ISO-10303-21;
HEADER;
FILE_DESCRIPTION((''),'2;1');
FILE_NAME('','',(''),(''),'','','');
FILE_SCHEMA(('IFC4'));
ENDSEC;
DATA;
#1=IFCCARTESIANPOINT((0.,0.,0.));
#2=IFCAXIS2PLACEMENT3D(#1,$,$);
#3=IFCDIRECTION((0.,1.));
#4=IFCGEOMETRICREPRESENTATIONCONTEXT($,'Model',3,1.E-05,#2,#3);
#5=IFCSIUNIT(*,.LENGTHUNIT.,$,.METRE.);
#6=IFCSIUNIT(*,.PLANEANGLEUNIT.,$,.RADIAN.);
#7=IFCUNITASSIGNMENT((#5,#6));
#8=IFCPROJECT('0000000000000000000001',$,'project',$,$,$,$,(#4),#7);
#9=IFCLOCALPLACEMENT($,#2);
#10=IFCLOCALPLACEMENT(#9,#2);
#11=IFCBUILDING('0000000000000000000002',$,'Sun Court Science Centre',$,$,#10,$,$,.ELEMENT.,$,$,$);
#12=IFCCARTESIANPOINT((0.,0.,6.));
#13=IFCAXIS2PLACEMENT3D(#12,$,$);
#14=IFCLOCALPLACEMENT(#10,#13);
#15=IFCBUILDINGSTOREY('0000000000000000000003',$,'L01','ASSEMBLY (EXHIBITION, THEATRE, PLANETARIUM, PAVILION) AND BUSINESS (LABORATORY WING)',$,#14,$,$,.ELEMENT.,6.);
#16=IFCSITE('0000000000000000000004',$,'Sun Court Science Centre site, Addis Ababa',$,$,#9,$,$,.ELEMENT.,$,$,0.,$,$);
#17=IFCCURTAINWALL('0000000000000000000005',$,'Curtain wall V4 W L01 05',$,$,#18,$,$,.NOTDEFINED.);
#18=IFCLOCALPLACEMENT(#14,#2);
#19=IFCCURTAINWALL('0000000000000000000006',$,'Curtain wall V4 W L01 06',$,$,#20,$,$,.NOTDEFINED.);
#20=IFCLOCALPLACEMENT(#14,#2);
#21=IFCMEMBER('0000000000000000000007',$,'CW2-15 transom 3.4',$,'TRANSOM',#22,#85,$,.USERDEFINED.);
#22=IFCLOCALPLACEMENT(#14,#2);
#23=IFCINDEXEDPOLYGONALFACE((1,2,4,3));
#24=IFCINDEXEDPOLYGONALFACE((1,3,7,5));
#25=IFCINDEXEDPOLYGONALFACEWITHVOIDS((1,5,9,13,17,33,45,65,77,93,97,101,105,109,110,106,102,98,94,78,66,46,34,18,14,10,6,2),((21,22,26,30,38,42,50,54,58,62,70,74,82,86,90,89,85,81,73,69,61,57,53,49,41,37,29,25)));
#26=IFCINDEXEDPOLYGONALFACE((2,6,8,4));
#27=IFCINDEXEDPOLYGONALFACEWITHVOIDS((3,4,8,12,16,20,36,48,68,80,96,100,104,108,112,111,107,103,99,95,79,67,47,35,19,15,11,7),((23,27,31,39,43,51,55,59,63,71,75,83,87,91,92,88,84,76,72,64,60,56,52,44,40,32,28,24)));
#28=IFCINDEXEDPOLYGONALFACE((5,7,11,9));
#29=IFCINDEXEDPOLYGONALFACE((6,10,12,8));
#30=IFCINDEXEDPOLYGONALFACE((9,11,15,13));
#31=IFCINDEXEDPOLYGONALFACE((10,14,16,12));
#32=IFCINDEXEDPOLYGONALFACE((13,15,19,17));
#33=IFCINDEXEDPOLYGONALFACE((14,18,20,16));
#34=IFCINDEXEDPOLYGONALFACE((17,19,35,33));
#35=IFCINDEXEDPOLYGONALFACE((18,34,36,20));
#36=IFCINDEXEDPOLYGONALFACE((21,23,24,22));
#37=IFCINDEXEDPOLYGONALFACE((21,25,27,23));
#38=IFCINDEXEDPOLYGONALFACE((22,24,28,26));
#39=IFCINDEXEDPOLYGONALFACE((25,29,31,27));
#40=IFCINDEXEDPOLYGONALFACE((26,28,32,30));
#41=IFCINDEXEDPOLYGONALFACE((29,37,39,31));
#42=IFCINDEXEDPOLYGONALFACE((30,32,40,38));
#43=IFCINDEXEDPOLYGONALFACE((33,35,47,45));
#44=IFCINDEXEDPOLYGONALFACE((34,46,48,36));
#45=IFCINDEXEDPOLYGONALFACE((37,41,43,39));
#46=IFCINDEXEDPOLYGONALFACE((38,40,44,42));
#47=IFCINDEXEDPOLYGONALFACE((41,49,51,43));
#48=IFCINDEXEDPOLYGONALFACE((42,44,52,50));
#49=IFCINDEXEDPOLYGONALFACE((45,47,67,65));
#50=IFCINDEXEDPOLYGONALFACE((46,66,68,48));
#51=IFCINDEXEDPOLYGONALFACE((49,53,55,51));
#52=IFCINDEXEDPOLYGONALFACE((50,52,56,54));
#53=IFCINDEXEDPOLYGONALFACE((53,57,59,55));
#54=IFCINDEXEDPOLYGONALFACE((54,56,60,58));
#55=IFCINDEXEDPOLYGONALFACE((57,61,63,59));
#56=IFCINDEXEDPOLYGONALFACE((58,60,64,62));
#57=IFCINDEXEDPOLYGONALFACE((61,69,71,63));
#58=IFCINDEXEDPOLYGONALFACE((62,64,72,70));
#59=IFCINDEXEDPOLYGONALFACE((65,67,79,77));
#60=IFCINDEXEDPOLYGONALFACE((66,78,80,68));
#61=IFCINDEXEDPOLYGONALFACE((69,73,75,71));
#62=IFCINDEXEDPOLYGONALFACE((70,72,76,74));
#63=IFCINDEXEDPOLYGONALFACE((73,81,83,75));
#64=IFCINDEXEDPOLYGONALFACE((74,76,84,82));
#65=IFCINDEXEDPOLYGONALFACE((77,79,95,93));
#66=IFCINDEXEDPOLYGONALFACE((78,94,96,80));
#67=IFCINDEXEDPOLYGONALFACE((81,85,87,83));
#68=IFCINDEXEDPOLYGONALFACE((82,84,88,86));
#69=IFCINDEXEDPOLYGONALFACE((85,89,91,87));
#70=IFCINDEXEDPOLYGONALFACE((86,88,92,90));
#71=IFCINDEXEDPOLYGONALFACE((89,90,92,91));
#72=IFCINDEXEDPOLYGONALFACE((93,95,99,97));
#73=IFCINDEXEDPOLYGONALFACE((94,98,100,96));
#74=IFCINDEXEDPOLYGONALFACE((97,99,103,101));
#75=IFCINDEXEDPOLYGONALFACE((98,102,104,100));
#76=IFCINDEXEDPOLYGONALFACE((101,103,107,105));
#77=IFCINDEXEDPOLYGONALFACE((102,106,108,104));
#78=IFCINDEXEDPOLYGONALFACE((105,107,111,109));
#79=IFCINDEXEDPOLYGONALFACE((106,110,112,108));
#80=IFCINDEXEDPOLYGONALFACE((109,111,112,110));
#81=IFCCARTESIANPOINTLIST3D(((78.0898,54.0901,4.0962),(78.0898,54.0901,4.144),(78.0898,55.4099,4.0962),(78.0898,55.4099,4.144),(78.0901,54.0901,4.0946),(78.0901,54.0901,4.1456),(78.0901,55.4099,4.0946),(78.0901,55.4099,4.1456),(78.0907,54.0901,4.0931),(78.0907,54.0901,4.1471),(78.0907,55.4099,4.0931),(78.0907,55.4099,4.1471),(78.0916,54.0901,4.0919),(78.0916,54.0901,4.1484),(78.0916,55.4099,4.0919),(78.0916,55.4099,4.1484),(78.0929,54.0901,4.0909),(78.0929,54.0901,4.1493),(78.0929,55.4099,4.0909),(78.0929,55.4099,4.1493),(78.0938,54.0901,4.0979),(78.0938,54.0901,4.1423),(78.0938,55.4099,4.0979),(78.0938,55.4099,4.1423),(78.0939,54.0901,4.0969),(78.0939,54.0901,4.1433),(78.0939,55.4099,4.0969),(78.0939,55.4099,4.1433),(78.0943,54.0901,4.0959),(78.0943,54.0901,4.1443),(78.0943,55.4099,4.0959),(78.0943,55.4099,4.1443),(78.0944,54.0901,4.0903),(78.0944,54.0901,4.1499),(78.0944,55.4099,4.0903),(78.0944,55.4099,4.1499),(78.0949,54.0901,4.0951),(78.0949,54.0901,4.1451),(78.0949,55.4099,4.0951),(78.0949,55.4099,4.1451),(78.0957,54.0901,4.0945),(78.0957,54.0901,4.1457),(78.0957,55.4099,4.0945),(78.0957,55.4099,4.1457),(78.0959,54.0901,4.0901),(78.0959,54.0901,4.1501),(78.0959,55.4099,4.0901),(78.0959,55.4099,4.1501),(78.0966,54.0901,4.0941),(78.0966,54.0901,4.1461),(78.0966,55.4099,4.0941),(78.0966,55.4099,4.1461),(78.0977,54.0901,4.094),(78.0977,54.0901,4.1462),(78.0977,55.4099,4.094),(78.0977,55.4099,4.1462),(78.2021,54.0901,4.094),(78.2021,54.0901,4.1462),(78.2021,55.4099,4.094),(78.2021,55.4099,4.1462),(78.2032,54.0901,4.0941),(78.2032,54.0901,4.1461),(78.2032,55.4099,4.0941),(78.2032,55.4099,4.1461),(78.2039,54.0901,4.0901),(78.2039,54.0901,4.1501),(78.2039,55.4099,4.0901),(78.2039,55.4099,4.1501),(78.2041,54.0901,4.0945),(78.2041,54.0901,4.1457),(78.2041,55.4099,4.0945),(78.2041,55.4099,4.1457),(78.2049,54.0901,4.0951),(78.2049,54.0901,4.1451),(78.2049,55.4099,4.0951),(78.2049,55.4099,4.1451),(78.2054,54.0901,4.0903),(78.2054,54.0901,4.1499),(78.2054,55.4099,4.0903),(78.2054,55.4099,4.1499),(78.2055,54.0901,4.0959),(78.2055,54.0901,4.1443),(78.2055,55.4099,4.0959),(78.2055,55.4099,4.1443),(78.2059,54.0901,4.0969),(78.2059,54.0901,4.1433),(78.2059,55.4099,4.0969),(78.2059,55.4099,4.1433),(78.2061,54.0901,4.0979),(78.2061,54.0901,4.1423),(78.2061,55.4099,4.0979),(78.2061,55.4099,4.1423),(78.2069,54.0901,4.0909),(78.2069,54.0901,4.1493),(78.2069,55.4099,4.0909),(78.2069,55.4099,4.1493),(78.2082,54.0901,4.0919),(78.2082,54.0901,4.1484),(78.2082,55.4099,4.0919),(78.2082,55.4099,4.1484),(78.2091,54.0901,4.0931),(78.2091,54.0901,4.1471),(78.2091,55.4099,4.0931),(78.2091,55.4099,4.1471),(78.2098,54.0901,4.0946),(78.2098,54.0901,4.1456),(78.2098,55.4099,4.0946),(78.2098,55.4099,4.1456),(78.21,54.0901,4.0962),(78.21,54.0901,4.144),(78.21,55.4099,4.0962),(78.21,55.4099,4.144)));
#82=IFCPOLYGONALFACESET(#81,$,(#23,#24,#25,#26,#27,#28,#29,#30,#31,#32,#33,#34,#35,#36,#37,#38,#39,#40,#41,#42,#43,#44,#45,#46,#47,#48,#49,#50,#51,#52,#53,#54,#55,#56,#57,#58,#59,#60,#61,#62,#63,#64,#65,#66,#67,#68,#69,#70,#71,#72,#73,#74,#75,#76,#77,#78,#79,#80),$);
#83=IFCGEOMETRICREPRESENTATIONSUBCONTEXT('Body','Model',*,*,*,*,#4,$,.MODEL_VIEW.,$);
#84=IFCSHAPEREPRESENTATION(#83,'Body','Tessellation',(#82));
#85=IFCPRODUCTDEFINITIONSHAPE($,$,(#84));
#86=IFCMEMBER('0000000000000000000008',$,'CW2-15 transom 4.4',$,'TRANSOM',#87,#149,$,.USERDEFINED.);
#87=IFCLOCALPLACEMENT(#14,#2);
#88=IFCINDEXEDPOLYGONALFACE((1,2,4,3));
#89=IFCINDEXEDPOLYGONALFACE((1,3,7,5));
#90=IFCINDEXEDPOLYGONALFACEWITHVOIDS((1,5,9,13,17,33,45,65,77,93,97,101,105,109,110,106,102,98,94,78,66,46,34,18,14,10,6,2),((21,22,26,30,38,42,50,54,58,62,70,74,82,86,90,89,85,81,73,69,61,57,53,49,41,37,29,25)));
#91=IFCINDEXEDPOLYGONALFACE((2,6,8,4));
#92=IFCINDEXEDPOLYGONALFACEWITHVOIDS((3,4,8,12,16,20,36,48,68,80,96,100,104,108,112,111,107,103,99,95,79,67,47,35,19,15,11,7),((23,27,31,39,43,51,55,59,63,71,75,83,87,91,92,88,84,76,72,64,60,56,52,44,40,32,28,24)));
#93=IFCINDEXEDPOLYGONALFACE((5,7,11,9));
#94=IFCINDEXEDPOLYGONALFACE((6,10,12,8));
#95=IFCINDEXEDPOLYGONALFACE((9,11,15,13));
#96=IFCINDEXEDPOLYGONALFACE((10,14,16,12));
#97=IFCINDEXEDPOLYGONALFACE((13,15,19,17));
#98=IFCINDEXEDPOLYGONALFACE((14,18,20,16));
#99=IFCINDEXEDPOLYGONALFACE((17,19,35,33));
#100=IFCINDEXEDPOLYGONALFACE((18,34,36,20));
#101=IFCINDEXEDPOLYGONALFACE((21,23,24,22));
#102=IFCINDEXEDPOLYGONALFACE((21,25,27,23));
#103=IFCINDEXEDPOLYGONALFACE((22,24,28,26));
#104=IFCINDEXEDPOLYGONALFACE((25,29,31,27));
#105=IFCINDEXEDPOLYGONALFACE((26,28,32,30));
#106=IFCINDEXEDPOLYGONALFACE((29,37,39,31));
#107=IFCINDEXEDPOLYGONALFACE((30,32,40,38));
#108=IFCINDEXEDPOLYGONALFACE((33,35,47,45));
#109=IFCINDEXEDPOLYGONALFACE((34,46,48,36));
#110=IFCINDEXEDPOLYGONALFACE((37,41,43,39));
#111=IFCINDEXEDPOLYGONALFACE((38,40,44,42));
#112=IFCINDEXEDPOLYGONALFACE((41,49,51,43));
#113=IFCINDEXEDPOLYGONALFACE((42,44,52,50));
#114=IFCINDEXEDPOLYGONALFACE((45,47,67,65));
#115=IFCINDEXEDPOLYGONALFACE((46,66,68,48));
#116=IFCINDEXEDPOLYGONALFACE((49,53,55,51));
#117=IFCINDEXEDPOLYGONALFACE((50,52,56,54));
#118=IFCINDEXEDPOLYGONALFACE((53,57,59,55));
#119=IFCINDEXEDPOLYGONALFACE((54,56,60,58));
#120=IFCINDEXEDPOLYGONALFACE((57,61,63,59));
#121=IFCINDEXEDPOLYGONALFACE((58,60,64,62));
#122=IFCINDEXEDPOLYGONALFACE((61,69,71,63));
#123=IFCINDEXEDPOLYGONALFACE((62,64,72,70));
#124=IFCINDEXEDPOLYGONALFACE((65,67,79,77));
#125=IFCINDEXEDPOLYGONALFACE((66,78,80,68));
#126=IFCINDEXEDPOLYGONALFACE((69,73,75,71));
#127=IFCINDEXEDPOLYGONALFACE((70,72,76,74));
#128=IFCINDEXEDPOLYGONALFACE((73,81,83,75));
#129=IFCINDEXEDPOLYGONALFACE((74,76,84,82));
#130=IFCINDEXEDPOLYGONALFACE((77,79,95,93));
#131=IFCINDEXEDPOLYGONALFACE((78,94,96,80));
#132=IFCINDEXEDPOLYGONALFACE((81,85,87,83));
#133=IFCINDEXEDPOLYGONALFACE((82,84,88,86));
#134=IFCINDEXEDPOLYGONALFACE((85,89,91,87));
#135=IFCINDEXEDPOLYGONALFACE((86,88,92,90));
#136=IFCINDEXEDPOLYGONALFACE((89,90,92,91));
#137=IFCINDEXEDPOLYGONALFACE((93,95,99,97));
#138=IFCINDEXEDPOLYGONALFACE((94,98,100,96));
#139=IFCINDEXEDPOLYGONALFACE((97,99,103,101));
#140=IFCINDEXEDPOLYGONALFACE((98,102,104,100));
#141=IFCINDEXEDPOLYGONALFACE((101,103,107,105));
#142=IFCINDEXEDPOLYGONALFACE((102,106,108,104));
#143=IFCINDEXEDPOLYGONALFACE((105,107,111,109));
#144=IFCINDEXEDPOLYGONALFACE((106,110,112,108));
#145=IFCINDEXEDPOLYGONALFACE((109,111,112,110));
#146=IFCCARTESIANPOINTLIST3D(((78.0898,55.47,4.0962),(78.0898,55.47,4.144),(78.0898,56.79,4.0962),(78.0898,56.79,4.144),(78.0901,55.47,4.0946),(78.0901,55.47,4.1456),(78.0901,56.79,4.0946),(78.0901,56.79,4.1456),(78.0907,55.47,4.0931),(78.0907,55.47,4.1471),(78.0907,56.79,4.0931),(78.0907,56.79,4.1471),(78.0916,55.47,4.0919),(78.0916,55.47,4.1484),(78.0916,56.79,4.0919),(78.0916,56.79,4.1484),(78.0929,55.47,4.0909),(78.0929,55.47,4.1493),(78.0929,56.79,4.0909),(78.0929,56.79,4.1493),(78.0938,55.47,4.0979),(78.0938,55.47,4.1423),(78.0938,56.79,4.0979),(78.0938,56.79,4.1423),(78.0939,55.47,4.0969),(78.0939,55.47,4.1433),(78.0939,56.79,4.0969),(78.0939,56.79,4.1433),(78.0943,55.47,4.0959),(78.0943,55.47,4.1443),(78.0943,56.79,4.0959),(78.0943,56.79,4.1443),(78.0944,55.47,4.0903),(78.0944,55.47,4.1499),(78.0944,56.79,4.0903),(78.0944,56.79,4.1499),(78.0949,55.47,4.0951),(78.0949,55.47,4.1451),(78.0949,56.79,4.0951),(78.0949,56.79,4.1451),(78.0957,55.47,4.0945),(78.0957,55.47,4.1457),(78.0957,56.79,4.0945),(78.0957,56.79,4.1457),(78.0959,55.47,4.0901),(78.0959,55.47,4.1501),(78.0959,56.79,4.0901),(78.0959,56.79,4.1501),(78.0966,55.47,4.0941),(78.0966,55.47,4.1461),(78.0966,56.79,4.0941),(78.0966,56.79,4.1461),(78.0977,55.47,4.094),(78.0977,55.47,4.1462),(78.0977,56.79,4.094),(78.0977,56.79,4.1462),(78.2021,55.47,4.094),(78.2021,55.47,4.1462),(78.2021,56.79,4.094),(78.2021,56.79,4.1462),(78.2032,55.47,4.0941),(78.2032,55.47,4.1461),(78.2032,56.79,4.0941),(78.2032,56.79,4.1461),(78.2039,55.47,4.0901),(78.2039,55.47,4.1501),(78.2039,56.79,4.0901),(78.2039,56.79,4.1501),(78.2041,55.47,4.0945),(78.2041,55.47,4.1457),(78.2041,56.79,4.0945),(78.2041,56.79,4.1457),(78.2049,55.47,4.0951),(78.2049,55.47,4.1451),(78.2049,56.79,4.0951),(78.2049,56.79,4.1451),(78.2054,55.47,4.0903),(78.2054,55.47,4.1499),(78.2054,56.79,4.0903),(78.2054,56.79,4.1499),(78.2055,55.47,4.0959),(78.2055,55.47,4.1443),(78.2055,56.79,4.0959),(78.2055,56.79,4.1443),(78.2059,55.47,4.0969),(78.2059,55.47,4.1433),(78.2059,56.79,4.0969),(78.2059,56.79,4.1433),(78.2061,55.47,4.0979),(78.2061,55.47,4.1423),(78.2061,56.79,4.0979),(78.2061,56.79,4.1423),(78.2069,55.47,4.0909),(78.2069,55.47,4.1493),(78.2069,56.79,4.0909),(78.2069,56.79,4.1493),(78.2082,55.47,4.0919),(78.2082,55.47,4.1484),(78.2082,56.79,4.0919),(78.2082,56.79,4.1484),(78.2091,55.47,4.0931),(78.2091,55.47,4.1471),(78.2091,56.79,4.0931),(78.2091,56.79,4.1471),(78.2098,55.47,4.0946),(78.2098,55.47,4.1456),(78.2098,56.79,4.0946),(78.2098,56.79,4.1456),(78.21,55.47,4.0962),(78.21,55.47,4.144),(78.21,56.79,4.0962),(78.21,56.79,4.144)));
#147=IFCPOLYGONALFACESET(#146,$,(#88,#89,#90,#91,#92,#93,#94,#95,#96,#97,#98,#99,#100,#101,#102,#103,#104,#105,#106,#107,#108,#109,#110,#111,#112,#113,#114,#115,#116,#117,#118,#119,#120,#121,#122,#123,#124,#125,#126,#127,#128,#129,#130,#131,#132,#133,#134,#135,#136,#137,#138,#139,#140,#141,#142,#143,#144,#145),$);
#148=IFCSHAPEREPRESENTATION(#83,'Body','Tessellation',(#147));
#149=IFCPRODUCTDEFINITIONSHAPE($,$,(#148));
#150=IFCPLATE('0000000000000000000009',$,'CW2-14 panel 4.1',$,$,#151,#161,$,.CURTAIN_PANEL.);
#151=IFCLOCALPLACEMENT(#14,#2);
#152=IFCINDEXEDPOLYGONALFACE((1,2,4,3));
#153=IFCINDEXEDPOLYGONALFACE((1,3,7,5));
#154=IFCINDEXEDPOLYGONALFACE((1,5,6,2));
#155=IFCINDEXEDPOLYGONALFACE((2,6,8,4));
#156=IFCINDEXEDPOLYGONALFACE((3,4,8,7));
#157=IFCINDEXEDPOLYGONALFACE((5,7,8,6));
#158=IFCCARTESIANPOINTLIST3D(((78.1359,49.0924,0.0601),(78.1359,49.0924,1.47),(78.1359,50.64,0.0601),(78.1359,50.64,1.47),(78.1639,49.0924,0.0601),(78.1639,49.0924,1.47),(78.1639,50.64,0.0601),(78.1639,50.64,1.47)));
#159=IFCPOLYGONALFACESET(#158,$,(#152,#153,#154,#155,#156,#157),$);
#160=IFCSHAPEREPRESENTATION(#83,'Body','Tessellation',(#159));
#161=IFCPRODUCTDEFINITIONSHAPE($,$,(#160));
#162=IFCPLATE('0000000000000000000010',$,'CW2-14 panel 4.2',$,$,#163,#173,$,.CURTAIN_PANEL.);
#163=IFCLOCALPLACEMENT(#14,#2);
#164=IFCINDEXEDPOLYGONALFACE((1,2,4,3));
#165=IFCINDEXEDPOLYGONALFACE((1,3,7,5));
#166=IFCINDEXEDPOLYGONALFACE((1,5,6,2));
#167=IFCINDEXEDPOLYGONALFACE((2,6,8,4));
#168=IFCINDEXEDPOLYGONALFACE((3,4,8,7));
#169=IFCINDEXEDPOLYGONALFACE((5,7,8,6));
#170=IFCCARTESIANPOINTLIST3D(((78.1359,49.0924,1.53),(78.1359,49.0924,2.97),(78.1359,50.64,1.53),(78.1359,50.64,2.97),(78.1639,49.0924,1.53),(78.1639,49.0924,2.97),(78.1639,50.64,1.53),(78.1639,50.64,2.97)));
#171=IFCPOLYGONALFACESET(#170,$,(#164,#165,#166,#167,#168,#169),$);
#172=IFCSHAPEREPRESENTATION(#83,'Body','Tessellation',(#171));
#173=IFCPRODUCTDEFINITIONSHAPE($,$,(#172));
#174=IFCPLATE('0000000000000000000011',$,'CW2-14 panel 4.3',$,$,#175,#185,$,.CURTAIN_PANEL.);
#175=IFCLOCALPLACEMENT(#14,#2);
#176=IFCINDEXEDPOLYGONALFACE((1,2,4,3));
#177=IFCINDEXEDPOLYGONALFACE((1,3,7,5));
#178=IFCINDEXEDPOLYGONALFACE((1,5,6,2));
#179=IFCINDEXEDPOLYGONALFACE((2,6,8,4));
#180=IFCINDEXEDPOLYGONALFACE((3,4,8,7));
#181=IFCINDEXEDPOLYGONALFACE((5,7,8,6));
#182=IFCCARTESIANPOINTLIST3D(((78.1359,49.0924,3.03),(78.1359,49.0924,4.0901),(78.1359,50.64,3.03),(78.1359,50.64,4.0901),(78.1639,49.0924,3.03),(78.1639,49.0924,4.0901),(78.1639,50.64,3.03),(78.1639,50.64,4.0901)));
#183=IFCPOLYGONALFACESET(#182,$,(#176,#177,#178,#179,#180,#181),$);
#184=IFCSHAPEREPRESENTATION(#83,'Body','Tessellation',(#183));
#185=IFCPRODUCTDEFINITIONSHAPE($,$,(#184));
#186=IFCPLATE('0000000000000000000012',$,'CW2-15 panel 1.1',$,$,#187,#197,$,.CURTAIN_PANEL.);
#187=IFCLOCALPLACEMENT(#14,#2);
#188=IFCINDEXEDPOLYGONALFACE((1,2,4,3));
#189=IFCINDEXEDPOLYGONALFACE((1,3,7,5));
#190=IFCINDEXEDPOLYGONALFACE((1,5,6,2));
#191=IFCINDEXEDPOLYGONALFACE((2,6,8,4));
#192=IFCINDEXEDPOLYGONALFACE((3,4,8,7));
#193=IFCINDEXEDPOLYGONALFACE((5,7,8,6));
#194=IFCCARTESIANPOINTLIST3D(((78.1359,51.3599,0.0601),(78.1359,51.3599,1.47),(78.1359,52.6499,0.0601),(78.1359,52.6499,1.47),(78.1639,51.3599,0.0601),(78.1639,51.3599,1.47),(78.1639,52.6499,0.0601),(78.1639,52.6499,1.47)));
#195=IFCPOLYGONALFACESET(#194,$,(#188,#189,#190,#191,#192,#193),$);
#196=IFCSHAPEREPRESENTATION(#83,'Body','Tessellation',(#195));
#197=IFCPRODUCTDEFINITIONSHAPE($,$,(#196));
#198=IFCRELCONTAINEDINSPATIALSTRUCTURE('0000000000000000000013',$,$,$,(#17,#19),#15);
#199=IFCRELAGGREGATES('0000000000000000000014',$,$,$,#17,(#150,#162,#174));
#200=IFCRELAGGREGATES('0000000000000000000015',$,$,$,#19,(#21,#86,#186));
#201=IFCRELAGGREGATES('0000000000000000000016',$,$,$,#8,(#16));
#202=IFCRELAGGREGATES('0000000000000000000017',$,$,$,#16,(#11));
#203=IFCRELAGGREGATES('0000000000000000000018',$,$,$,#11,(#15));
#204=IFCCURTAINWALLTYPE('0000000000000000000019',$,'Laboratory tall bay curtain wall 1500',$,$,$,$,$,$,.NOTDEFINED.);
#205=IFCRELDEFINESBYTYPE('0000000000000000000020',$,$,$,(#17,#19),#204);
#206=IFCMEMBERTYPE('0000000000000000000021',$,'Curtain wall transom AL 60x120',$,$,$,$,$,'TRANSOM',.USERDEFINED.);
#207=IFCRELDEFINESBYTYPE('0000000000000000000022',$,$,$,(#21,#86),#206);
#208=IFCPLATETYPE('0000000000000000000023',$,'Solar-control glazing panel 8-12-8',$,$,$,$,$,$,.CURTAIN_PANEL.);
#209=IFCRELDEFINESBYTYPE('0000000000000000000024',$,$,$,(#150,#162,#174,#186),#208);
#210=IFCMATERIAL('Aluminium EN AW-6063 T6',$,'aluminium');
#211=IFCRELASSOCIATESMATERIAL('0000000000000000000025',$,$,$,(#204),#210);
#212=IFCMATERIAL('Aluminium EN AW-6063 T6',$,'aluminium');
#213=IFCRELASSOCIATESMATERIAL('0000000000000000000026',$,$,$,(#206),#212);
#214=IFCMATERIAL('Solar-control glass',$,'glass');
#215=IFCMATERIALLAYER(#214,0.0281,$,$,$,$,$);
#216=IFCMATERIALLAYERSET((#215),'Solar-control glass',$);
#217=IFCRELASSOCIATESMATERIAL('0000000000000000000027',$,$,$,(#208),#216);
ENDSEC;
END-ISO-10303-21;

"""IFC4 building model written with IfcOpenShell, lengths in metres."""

from ifc_helpers import new_model, si_unit, direction, frame, origin, origin_2d, place, context, subcontext, project, spatial, rectangle, hollow_rectangle, extrude, material, layer, layer_set, material_profile, profile_set, type_object, element, aggregate, save


model = new_model("IFC4")

# Units and contexts
model_context = context("Model", 3, precision=1e-05, world=origin(), true_north=direction((0.0, 1.0)))
body_context = subcontext(model_context, "Body", "Model", "MODEL_VIEW")
ifc_project = project(units=[si_unit("LENGTHUNIT", "METRE"), si_unit("PLANEANGLEUNIT", "RADIAN")], contexts=[model_context])

# Site, building, storey
site_placement = place(None, origin())
site = spatial("IfcSite", under=ifc_project, at=site_placement, Name="Sun Court Science Centre site, Addis Ababa", CompositionType="ELEMENT", RefElevation=0.0)
building_placement = place(site_placement, origin())
building = spatial("IfcBuilding", under=site, at=building_placement, Name="Sun Court Science Centre", CompositionType="ELEMENT")
storey_placement = place(building_placement, frame((0.0, 0.0, 6.0)))
storey = spatial("IfcBuildingStorey", under=building, at=storey_placement, Name="L01", Description="ASSEMBLY (EXHIBITION, THEATRE, PLANETARIUM, PAVILION) AND BUSINESS (LABORATORY WING)", CompositionType="ELEMENT", Elevation=6.0)

# Curtain wall
ifc_material_1 = material(Name="Aluminium EN AW-6063 T6", Category="aluminium")
curtain_wall_type = type_object("IfcCurtainWallType", Name="Laboratory tall bay curtain wall 1500", PredefinedType="NOTDEFINED", material=ifc_material_1)
curtain_wall_1_placement = place(storey_placement, origin())
curtain_wall_1 = element("IfcCurtainWall", 1, at=curtain_wall_1_placement, inside=storey, type_object=curtain_wall_type, Name="Curtain wall V4 W L01 05", PredefinedType="NOTDEFINED")

# Curtain wall, members
curtain_wall_2_placement = place(storey_placement, origin())
curtain_wall_2 = element("IfcCurtainWall", 2, at=curtain_wall_2_placement, inside=storey, type_object=curtain_wall_type, Name="Curtain wall V4 W L01 06", PredefinedType="NOTDEFINED")
ifc_material_2 = material(Name="Aluminium EN AW-6063 T6", Category="aluminium")
ifc_material_profile_1 = material_profile(ifc_material_2, hollow_rectangle(XDim=0.0601, YDim=0.1201, WallThickness=0.0039, InnerFilletRadius=0.0039, OuterFilletRadius=0.0061, at=origin_2d()), Name="AL 60x120x4")
ifc_profile_set_1 = profile_set([ifc_material_profile_1], Name="Aluminium EN AW-6063 T6")
member_type_1 = type_object("IfcMemberType", Name="Curtain wall transom AL 60x120", ElementType="TRANSOM", PredefinedType="USERDEFINED", material=ifc_profile_set_1)
member_1_placement = place(storey_placement, frame((78.1499, 54.0901, 4.1201), z_axis=(0.0, 1.0, 0.0), x_axis=(0.0, 0.0, 1.0)))
member_1 = element("IfcMember", 3, at=member_1_placement, type_object=member_type_1, Name="CW2-15 transom 3.4", ObjectType="TRANSOM", PredefinedType="USERDEFINED", context=body_context, shape_type="SweptSolid", body=[
    extrude(hollow_rectangle(XDim=0.0601, YDim=0.1201, WallThickness=0.0039, InnerFilletRadius=0.0039, OuterFilletRadius=0.0061, at=origin_2d()), origin(), (0.0, 0.0, 1.0), 1.3198),
])
member_2_placement = place(storey_placement, frame((78.1499, 55.47, 4.1201), z_axis=(0.0, 1.0, 0.0), x_axis=(0.0, 0.0, 1.0)))
member_2 = element("IfcMember", 4, at=member_2_placement, type_object=member_type_1, Name="CW2-15 transom 4.4", ObjectType="TRANSOM", PredefinedType="USERDEFINED", context=body_context, shape_type="SweptSolid", body=[
    extrude(hollow_rectangle(XDim=0.0601, YDim=0.1201, WallThickness=0.0039, InnerFilletRadius=0.0039, OuterFilletRadius=0.0061, at=origin_2d()), origin(), (0.0, 0.0, 1.0), 1.3201),
])

# Plates
ifc_material_3 = material(Name="Solar-control glass", Category="glass")
ifc_layer = layer(ifc_material_3, 0.0281)
ifc_layer_set = layer_set([ifc_layer], Name="Solar-control glass")
plate_type = type_object("IfcPlateType", Name="Solar-control glazing panel 8-12-8", PredefinedType="CURTAIN_PANEL", material=ifc_layer_set)
plate_1_placement = place(storey_placement, frame((78.1499, 49.8662, 0.0601), z_axis=(0.0, 0.0, 1.0), x_axis=(0.0, 1.0, 0.0)))
plate_1 = element("IfcPlate", 5, at=plate_1_placement, type_object=plate_type, Name="CW2-14 panel 4.1", PredefinedType="CURTAIN_PANEL", context=body_context, shape_type="SweptSolid", body=[
    extrude(rectangle(XDim=1.5476, YDim=0.0281, at=origin_2d()), origin(), (0.0, 0.0, 1.0), 1.4099),
])
plate_2_placement = place(storey_placement, frame((78.1499, 49.8662, 1.53), z_axis=(0.0, 0.0, 1.0), x_axis=(0.0, 1.0, 0.0)))
plate_2 = element("IfcPlate", 6, at=plate_2_placement, type_object=plate_type, Name="CW2-14 panel 4.2", PredefinedType="CURTAIN_PANEL", context=body_context, shape_type="SweptSolid", body=[
    extrude(rectangle(XDim=1.5476, YDim=0.0281, at=origin_2d()), origin(), (0.0, 0.0, 1.0), 1.4399),
])
plate_3_placement = place(storey_placement, frame((78.1499, 49.8662, 3.03), z_axis=(0.0, 0.0, 1.0), x_axis=(0.0, 1.0, 0.0)))
plate_3 = element("IfcPlate", 7, at=plate_3_placement, type_object=plate_type, Name="CW2-14 panel 4.3", PredefinedType="CURTAIN_PANEL", context=body_context, shape_type="SweptSolid", body=[
    extrude(rectangle(XDim=1.5476, YDim=0.0281, at=origin_2d()), origin(), (0.0, 0.0, 1.0), 1.0601),
])
aggregate(curtain_wall_1, [plate_1, plate_2, plate_3])
plate_4_placement = place(storey_placement, frame((78.1499, 52.0049, 0.0601), z_axis=(0.0, 0.0, 1.0), x_axis=(0.0, 1.0, 0.0)))
plate_4 = element("IfcPlate", 8, at=plate_4_placement, type_object=plate_type, Name="CW2-15 panel 1.1", PredefinedType="CURTAIN_PANEL", context=body_context, shape_type="SweptSolid", body=[
    extrude(rectangle(XDim=1.29, YDim=0.0281, at=origin_2d()), origin(), (0.0, 0.0, 1.0), 1.4099),
])
aggregate(curtain_wall_2, [member_1, member_2, plate_4])

save(model, "model.ifc")
